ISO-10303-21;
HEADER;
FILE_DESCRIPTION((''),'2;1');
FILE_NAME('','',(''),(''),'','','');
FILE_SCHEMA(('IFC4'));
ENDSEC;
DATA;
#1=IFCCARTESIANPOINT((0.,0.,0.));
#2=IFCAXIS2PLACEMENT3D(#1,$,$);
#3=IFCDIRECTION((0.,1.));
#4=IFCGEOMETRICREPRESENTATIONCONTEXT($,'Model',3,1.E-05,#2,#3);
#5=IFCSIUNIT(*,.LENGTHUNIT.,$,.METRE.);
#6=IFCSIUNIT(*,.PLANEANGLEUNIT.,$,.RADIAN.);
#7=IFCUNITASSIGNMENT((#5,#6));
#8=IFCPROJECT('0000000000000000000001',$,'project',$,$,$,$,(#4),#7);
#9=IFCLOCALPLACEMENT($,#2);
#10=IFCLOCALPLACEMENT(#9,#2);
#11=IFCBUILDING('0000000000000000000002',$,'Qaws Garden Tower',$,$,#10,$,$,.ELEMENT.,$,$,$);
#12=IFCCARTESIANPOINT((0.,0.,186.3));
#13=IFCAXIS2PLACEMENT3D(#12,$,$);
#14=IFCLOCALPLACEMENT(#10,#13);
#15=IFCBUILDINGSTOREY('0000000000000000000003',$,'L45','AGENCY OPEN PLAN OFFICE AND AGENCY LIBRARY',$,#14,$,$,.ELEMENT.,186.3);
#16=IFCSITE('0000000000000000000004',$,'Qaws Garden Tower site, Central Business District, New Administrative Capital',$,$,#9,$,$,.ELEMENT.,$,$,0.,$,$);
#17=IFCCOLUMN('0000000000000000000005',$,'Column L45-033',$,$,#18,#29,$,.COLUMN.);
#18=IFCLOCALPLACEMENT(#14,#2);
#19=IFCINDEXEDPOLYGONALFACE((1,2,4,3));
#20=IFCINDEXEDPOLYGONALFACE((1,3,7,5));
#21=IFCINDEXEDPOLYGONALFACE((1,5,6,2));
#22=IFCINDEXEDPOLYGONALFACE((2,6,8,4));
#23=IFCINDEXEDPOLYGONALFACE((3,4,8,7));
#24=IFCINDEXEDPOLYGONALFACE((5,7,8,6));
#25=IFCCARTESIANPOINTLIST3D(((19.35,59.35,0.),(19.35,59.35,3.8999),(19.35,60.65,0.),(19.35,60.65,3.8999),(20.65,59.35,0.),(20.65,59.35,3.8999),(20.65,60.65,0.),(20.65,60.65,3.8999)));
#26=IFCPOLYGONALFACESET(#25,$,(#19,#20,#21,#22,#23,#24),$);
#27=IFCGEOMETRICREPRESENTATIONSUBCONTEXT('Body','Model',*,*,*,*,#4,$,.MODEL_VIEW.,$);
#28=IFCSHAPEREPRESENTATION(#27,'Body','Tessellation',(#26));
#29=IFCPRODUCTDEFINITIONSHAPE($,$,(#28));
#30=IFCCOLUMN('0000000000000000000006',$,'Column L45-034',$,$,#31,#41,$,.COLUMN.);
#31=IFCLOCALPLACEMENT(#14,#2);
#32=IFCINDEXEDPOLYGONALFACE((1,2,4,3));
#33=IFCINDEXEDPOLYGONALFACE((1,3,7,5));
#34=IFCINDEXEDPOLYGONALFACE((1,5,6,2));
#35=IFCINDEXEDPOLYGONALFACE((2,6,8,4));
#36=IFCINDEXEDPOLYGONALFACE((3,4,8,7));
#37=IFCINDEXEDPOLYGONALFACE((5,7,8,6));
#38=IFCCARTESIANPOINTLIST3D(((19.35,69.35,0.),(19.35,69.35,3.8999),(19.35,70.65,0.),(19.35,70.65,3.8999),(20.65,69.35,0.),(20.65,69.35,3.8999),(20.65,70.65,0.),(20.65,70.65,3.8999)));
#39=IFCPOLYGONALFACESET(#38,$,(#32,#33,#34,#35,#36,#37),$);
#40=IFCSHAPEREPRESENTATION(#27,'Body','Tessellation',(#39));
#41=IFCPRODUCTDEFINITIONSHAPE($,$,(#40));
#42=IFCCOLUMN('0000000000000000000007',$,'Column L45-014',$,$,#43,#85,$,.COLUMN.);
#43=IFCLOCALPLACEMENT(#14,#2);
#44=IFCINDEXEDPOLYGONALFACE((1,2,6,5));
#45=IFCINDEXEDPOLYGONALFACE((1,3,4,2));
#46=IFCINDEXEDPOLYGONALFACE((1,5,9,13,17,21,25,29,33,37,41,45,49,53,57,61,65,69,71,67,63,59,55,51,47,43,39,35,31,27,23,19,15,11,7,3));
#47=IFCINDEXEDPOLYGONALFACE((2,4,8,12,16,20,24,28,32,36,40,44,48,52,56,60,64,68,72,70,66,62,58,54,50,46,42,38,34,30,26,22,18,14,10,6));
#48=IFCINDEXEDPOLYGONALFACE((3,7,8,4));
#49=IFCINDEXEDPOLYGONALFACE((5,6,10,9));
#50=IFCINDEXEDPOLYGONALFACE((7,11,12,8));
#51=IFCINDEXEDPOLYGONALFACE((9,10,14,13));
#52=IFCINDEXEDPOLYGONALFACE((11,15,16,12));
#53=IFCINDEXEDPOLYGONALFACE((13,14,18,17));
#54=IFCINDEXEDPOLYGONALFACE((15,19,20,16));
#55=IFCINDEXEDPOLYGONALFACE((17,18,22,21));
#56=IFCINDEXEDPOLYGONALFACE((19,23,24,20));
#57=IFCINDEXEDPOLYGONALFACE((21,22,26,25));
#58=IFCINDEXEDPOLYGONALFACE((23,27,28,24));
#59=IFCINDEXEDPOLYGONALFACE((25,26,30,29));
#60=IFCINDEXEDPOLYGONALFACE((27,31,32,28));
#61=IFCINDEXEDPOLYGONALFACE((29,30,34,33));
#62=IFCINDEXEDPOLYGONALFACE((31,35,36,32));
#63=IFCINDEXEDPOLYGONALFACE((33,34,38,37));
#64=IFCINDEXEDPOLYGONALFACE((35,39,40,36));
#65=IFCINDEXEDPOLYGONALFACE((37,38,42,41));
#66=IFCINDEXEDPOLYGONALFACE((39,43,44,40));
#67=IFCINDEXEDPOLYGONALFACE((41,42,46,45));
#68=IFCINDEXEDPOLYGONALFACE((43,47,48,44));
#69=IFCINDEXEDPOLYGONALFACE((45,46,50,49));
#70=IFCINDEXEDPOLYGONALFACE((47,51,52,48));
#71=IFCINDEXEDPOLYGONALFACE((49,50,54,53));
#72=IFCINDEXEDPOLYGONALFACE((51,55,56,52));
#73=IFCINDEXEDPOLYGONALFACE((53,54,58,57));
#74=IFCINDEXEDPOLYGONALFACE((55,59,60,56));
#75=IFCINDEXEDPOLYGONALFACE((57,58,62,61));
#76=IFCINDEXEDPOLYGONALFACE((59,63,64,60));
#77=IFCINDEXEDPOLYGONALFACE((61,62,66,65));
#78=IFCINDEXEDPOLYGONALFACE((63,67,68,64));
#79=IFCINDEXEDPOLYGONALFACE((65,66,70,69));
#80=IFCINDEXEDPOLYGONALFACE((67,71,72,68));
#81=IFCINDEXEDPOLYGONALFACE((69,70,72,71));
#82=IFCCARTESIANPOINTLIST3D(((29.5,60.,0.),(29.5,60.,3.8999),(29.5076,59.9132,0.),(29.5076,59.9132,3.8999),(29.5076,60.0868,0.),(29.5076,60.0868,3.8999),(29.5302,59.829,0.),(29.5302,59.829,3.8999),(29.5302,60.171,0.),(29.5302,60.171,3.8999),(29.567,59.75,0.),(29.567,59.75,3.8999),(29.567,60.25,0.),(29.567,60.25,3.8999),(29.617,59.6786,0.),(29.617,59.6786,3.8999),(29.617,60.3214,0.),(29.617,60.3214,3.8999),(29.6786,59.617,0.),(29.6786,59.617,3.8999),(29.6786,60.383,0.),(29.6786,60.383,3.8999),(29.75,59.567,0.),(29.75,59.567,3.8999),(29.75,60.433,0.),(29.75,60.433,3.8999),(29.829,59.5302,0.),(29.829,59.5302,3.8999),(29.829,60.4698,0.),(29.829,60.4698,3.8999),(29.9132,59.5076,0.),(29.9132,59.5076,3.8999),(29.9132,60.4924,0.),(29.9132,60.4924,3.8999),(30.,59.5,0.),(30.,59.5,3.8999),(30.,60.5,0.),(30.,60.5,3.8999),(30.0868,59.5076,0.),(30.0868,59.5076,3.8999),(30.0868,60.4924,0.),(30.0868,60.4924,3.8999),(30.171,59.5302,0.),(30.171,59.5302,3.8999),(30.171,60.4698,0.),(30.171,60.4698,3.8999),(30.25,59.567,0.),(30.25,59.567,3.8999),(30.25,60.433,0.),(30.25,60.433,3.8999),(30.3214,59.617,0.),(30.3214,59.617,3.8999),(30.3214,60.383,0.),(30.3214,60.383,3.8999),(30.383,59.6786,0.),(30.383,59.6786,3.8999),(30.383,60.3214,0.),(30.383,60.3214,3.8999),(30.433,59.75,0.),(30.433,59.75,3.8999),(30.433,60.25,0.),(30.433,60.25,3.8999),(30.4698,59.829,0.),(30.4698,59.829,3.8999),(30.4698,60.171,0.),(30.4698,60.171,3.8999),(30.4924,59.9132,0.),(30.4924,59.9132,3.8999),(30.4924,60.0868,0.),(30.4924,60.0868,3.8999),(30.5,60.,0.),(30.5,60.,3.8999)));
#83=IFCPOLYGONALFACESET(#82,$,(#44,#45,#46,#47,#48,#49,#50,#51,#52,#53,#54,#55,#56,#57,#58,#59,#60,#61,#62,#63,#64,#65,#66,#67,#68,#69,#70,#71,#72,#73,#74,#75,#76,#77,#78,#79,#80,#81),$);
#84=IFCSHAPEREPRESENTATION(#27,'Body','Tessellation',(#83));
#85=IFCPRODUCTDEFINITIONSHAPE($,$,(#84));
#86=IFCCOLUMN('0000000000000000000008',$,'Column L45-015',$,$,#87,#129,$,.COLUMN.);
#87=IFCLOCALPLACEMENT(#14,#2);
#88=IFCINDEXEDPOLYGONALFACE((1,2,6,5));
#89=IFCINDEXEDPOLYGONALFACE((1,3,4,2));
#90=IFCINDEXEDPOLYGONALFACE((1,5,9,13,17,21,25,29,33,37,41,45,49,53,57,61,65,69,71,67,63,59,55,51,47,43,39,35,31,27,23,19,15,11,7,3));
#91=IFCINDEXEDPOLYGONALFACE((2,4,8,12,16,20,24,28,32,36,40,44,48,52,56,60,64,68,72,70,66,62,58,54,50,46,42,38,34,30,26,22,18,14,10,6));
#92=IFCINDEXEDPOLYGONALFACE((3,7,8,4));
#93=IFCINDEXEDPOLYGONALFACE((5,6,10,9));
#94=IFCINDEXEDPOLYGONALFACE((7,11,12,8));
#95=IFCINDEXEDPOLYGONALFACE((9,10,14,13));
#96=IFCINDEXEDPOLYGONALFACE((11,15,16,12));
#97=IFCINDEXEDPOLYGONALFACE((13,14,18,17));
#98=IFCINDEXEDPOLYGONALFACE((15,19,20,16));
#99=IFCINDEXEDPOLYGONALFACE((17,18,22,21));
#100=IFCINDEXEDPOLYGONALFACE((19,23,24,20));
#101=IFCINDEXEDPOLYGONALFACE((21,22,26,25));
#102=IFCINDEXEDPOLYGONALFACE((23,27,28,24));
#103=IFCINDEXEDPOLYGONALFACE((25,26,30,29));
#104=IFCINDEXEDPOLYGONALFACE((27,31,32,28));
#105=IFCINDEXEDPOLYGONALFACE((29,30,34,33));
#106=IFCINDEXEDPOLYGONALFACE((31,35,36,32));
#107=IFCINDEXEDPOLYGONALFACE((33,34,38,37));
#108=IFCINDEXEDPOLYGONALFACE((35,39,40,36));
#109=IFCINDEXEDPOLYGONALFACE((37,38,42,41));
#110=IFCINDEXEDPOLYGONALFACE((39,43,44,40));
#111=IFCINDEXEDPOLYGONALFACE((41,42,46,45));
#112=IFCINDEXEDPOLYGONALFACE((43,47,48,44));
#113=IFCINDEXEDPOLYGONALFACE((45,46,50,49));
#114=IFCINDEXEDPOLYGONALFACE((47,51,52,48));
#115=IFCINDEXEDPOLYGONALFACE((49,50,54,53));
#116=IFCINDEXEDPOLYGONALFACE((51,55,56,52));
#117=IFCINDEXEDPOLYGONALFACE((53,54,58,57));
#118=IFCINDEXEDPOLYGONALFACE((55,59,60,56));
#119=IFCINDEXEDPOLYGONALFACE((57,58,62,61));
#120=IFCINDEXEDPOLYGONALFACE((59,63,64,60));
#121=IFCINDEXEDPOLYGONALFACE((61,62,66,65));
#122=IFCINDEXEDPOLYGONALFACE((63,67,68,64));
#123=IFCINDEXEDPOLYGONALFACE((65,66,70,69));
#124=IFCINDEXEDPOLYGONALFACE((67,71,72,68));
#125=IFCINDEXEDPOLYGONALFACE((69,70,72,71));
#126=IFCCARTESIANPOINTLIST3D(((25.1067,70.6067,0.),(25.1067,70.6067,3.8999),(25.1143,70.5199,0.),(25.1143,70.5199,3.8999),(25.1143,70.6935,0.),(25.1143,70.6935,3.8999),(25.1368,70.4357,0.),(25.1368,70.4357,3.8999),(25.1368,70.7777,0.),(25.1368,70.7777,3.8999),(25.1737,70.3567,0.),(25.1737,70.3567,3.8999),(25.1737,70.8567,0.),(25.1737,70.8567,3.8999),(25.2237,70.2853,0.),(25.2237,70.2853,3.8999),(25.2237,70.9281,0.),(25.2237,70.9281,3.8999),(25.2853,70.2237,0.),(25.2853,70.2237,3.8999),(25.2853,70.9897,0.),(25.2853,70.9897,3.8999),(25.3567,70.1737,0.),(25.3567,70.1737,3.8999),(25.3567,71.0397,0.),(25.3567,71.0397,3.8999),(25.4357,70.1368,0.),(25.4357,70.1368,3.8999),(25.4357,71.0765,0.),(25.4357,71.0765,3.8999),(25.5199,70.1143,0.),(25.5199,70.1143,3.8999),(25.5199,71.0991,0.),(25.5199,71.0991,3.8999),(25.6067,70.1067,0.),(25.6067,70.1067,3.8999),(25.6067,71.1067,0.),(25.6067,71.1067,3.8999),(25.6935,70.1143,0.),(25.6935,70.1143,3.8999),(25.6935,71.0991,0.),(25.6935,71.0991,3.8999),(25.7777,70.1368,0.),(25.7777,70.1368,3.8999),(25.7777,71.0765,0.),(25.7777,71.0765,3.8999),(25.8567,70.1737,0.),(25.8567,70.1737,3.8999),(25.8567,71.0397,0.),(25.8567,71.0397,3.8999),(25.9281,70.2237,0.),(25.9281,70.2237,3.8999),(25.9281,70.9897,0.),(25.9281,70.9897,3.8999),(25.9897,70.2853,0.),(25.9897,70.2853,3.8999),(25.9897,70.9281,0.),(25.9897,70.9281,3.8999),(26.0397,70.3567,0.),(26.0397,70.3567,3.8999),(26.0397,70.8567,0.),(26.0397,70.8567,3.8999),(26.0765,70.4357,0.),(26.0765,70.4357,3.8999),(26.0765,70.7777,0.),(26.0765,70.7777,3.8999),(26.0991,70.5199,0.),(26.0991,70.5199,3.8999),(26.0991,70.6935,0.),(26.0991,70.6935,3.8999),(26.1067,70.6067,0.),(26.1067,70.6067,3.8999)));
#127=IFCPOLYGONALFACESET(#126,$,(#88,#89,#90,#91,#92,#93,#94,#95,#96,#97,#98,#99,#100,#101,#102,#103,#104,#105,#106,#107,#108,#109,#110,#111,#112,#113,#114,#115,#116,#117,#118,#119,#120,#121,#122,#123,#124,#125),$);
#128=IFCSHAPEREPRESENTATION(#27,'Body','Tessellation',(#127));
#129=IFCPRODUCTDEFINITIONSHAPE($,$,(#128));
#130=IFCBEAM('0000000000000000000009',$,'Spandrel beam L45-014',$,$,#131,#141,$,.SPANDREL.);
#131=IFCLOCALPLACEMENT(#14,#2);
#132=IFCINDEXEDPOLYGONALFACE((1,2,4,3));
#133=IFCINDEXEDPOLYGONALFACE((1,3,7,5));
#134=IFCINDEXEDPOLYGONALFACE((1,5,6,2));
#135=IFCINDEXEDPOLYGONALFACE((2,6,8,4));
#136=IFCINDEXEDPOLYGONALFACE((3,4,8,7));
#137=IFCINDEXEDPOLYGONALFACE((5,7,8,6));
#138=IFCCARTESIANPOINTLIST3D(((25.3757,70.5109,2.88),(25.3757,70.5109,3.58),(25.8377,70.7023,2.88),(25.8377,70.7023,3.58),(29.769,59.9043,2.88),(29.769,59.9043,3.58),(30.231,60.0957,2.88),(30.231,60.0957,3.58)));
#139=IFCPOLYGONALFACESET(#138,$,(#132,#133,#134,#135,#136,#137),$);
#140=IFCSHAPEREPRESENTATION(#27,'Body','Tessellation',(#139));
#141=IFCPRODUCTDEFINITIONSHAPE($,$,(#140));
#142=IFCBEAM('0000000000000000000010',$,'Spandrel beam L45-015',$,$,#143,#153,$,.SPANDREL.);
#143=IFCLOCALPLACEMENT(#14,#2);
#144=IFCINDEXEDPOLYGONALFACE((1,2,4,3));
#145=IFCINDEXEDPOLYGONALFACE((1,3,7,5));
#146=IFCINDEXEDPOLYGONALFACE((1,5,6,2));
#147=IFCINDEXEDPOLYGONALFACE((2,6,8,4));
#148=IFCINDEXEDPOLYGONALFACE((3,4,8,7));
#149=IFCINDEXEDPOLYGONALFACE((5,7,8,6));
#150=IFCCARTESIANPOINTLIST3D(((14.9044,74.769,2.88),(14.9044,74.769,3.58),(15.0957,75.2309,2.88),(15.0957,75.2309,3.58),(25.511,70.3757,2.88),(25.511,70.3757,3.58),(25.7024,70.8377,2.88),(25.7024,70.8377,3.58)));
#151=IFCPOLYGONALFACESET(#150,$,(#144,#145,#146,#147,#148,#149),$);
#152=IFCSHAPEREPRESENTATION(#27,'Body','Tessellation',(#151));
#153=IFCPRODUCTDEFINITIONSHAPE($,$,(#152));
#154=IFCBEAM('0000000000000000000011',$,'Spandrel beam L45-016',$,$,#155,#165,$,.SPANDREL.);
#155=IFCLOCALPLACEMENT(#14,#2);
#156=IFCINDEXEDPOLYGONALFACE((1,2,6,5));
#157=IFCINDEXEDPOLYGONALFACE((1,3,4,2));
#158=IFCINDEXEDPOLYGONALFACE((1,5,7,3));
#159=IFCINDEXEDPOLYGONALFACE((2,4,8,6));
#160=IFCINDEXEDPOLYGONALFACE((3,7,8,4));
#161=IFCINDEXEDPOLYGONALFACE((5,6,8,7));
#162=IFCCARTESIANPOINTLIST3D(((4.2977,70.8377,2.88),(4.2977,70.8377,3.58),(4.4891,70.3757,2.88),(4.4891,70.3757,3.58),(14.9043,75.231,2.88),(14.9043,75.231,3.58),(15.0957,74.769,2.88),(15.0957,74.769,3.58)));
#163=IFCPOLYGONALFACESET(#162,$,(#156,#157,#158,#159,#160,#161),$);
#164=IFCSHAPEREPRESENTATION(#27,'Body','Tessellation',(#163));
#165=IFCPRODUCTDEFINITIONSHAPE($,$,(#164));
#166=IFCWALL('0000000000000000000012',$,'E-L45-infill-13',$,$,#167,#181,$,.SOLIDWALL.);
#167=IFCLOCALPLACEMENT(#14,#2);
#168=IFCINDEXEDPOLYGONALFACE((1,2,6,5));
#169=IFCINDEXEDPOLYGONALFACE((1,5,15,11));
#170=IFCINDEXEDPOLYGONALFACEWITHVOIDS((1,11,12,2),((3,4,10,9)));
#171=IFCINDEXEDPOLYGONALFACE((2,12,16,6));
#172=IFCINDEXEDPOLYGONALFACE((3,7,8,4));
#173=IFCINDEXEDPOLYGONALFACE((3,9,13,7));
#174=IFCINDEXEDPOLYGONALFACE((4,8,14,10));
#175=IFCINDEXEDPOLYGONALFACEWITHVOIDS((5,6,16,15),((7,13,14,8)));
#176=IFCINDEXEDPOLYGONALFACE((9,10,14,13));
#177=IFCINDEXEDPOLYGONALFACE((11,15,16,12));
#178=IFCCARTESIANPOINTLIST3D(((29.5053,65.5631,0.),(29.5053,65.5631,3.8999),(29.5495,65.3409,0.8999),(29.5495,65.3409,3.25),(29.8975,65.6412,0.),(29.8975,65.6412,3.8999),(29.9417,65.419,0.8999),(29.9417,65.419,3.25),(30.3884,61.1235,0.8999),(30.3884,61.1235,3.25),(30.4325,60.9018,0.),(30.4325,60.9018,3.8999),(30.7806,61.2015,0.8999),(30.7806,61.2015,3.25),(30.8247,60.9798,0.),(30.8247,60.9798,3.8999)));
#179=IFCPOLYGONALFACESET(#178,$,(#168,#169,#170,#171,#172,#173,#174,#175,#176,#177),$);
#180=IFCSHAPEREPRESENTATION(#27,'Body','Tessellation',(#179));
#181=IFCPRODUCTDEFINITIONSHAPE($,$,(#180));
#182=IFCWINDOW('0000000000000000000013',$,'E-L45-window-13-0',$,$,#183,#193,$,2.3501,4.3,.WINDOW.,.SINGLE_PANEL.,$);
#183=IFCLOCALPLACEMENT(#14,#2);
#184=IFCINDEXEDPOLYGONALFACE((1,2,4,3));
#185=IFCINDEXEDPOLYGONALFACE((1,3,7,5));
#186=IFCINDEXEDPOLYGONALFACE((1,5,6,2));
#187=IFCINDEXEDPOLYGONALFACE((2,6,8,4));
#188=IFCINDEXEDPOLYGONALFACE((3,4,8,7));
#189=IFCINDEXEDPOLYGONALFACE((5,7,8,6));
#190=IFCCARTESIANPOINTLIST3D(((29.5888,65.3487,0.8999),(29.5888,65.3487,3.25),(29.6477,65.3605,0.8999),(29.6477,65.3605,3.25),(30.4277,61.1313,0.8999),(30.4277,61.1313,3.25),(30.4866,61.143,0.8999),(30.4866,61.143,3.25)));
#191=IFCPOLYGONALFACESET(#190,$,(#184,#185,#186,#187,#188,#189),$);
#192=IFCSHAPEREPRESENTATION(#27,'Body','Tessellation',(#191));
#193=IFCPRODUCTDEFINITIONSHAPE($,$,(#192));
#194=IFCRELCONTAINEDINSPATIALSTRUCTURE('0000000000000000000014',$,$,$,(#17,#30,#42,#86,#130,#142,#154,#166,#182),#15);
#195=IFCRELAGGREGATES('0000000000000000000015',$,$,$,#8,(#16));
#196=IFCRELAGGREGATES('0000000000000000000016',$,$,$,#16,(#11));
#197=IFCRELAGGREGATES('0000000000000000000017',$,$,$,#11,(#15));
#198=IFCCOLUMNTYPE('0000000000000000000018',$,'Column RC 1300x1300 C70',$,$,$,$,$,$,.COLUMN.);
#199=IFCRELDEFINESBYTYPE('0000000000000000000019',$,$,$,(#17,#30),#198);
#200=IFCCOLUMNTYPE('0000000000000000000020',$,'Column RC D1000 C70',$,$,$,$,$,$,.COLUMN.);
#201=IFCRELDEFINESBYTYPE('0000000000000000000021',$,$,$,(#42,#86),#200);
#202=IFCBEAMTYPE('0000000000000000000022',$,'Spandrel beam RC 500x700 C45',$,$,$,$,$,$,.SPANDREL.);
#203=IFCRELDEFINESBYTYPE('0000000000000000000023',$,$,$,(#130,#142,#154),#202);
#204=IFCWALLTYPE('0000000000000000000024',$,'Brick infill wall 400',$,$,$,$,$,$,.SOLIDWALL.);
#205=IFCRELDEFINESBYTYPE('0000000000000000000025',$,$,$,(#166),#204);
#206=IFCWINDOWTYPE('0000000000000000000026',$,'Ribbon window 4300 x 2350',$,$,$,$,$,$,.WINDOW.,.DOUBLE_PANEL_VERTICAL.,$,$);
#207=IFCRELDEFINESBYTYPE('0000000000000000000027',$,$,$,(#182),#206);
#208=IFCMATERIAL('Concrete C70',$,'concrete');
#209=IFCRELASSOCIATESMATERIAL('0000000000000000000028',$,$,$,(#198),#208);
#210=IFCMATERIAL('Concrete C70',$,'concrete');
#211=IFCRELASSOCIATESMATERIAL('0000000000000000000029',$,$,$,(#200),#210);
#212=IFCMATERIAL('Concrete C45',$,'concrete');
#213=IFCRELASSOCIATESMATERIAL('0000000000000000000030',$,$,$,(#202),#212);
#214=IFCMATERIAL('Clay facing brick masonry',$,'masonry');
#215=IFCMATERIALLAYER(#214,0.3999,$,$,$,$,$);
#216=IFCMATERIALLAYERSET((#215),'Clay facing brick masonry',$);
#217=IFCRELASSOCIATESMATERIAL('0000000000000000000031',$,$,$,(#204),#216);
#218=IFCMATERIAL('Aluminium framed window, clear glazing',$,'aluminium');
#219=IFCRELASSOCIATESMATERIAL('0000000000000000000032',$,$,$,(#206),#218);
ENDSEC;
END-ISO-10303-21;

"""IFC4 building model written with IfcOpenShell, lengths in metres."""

from ifc_helpers import new_model, si_unit, direction, frame, frame_2d, origin, origin_2d, place, context, subcontext, project, spatial, rectangle, circle, extrude, material, layer, layer_set, material_profile, profile_set, type_object, element, fill, save


model = new_model("IFC4")

# Units and contexts
model_context = context("Model", 3, precision=1e-05, world=origin(), true_north=direction((0.0, 1.0)))
body_context = subcontext(model_context, "Body", "Model", "MODEL_VIEW")
ifc_project = project(units=[si_unit("LENGTHUNIT", "METRE"), si_unit("PLANEANGLEUNIT", "RADIAN")], contexts=[model_context])

# Site, building, storey
site_placement = place(None, origin())
site = spatial("IfcSite", under=ifc_project, at=site_placement, Name="Qaws Garden Tower site, Central Business District, New Administrative Capital", CompositionType="ELEMENT", RefElevation=0.0)
building_placement = place(site_placement, origin())
building = spatial("IfcBuilding", under=site, at=building_placement, Name="Qaws Garden Tower", CompositionType="ELEMENT")
storey_placement = place(building_placement, frame((0.0, 0.0, 186.3)))
storey = spatial("IfcBuildingStorey", under=building, at=storey_placement, Name="L45", Description="AGENCY OPEN PLAN OFFICE AND AGENCY LIBRARY", CompositionType="ELEMENT", Elevation=186.3)

# Columns
ifc_material_1 = material(Name="Concrete C70", Category="concrete")
ifc_material_profile_1 = material_profile(ifc_material_1, rectangle(XDim=1.3, YDim=1.3, at=origin_2d()), Name="RC 1300x1300")
ifc_profile_set_1 = profile_set([ifc_material_profile_1], Name="Concrete C70")
column_type_1 = type_object("IfcColumnType", Name="Column RC 1300x1300 C70", PredefinedType="COLUMN", material=ifc_profile_set_1)
for number, where, z_axis, x_axis, name in (
    (1, (20.0, 60.0, 0.0), (0.0, 0.0, 1.0), (1.0, 0.0, 0.0), "Column L45-033"),
    (2, (20.0, 70.0, 0.0), (0.0, 0.0, 1.0), (1.0, 0.0, 0.0), "Column L45-034"),
):
    element("IfcColumn", number, at=place(storey_placement, frame(where, z_axis=z_axis, x_axis=x_axis)), inside=storey, type_object=column_type_1, Name=name, PredefinedType="COLUMN", context=body_context, shape_type="SweptSolid", body=[
        extrude(rectangle(XDim=1.3, YDim=1.3, at=origin_2d()), origin(), (0.0, 0.0, 1.0), 3.8999),
    ])
ifc_material_2 = material(Name="Concrete C70", Category="concrete")
ifc_material_profile_2 = material_profile(ifc_material_2, circle(Radius=0.5, at=origin_2d()), Name="RC D1000")
ifc_profile_set_2 = profile_set([ifc_material_profile_2], Name="Concrete C70")
column_type_2 = type_object("IfcColumnType", Name="Column RC D1000 C70", PredefinedType="COLUMN", material=ifc_profile_set_2)
for number, where, z_axis, x_axis, name in (
    (3, (30.0, 60.0, 0.0), (0.0, 0.0, 1.0), (1.0, 0.0, 0.0), "Column L45-014"),
    (4, (25.6067, 70.6067, 0.0), (0.0, 0.0, 1.0), (1.0, 0.0, 0.0), "Column L45-015"),
):
    element("IfcColumn", number, at=place(storey_placement, frame(where, z_axis=z_axis, x_axis=x_axis)), inside=storey, type_object=column_type_2, Name=name, PredefinedType="COLUMN", context=body_context, shape_type="SweptSolid", body=[
        extrude(circle(Radius=0.5, at=origin_2d()), origin(), (0.0, 0.0, 1.0), 3.8999),
    ])

# Beams
ifc_material_3 = material(Name="Concrete C45", Category="concrete")
ifc_material_profile_3 = material_profile(ifc_material_3, rectangle(XDim=0.5, YDim=0.7, at=origin_2d()), Name="RC 500x700")
ifc_profile_set_3 = profile_set([ifc_material_profile_3], Name="Concrete C45")
beam_type = type_object("IfcBeamType", Name="Spandrel beam RC 500x700 C45", PredefinedType="SPANDREL", material=ifc_profile_set_3)
for number, where, z_axis, x_axis, name in (
    (5, (30.0, 60.0, 3.23), (-0.382674, 0.923883, 0.0), (-0.923883, -0.382674, 0.0), "Spandrel beam L45-014"),
    (6, (25.6067, 70.6067, 3.23), (-0.923883, 0.382674, 0.0), (-0.382674, -0.923883, 0.0), "Spandrel beam L45-015"),
    (7, (15.0, 75.0, 3.23), (-0.923883, -0.382674, 0.0), (0.382674, -0.923883, 0.0), "Spandrel beam L45-016"),
):
    element("IfcBeam", number, at=place(storey_placement, frame(where, z_axis=z_axis, x_axis=x_axis)), inside=storey, type_object=beam_type, Name=name, PredefinedType="SPANDREL", context=body_context, shape_type="SweptSolid", body=[
        extrude(rectangle(XDim=0.5, YDim=0.7, at=origin_2d()), origin(), (0.0, 0.0, 1.0), 11.4805),
    ])

# Wall, opening, window
ifc_material_4 = material(Name="Clay facing brick masonry", Category="masonry")
ifc_layer_1 = layer(ifc_material_4, 0.3999)
ifc_layer_set_1 = layer_set([ifc_layer_1], Name="Clay facing brick masonry")
wall_type_1 = type_object("IfcWallType", Name="Brick infill wall 400", PredefinedType="SOLIDWALL", material=ifc_layer_set_1)
wall_1_placement = place(storey_placement, frame((30.6287, 60.9407, 0.0), z_axis=(0.0, 0.0, 1.0), x_axis=(-0.195099, 0.980784, 0.0)))
wall_1 = element("IfcWall", 8, at=wall_1_placement, inside=storey, type_object=wall_type_1, Name="E-L45-infill-13", PredefinedType="SOLIDWALL", context=body_context, shape_type="SweptSolid", body=[
    extrude(rectangle(XDim=4.7527, YDim=0.3999, at=frame_2d((2.3765, 0.0))), origin(), (0.0, 0.0, 1.0), 3.8999),
])
opening_1_placement = place(wall_1_placement, frame((0.2263, 0.0, 0.8999)))
opening_1 = element("IfcOpeningElement", 9, at=opening_1_placement, cuts=wall_1, PredefinedType="OPENING", context=body_context, shape_type="SweptSolid", body=[
    extrude(rectangle(XDim=4.3, YDim=2.3501, at=frame_2d((2.1499, 1.175))), frame((0.0, 0.21, 0.0), z_axis=(0.0, -1.0, 0.0), x_axis=(1.0, 0.0, 0.0)), (0.0, 0.0, 1.0), 0.4199),
])
ifc_material_5 = material(Name="Aluminium framed window, clear glazing", Category="aluminium")
window_type = type_object("IfcWindowType", Name="Ribbon window 4300 x 2350", PartitioningType="DOUBLE_PANEL_VERTICAL", PredefinedType="WINDOW", material=ifc_material_5)
window_1_placement = place(opening_1_placement, origin())
window_1 = element("IfcWindow", 10, at=window_1_placement, inside=storey, type_object=window_type, Name="E-L45-window-13-0", OverallHeight=2.3501, OverallWidth=4.3, PartitioningType="SINGLE_PANEL", PredefinedType="WINDOW", context=body_context, shape_type="SweptSolid", body=[
    extrude(rectangle(XDim=4.3, YDim=2.3501, at=frame_2d((2.1499, 1.175))), frame((0.0, 0.1599, 0.0), z_axis=(0.0, -1.0, 0.0), x_axis=(1.0, 0.0, 0.0)), (0.0, 0.0, 1.0), 0.0601),
])
fill(opening_1, window_1)

save(model, "model.ifc")
